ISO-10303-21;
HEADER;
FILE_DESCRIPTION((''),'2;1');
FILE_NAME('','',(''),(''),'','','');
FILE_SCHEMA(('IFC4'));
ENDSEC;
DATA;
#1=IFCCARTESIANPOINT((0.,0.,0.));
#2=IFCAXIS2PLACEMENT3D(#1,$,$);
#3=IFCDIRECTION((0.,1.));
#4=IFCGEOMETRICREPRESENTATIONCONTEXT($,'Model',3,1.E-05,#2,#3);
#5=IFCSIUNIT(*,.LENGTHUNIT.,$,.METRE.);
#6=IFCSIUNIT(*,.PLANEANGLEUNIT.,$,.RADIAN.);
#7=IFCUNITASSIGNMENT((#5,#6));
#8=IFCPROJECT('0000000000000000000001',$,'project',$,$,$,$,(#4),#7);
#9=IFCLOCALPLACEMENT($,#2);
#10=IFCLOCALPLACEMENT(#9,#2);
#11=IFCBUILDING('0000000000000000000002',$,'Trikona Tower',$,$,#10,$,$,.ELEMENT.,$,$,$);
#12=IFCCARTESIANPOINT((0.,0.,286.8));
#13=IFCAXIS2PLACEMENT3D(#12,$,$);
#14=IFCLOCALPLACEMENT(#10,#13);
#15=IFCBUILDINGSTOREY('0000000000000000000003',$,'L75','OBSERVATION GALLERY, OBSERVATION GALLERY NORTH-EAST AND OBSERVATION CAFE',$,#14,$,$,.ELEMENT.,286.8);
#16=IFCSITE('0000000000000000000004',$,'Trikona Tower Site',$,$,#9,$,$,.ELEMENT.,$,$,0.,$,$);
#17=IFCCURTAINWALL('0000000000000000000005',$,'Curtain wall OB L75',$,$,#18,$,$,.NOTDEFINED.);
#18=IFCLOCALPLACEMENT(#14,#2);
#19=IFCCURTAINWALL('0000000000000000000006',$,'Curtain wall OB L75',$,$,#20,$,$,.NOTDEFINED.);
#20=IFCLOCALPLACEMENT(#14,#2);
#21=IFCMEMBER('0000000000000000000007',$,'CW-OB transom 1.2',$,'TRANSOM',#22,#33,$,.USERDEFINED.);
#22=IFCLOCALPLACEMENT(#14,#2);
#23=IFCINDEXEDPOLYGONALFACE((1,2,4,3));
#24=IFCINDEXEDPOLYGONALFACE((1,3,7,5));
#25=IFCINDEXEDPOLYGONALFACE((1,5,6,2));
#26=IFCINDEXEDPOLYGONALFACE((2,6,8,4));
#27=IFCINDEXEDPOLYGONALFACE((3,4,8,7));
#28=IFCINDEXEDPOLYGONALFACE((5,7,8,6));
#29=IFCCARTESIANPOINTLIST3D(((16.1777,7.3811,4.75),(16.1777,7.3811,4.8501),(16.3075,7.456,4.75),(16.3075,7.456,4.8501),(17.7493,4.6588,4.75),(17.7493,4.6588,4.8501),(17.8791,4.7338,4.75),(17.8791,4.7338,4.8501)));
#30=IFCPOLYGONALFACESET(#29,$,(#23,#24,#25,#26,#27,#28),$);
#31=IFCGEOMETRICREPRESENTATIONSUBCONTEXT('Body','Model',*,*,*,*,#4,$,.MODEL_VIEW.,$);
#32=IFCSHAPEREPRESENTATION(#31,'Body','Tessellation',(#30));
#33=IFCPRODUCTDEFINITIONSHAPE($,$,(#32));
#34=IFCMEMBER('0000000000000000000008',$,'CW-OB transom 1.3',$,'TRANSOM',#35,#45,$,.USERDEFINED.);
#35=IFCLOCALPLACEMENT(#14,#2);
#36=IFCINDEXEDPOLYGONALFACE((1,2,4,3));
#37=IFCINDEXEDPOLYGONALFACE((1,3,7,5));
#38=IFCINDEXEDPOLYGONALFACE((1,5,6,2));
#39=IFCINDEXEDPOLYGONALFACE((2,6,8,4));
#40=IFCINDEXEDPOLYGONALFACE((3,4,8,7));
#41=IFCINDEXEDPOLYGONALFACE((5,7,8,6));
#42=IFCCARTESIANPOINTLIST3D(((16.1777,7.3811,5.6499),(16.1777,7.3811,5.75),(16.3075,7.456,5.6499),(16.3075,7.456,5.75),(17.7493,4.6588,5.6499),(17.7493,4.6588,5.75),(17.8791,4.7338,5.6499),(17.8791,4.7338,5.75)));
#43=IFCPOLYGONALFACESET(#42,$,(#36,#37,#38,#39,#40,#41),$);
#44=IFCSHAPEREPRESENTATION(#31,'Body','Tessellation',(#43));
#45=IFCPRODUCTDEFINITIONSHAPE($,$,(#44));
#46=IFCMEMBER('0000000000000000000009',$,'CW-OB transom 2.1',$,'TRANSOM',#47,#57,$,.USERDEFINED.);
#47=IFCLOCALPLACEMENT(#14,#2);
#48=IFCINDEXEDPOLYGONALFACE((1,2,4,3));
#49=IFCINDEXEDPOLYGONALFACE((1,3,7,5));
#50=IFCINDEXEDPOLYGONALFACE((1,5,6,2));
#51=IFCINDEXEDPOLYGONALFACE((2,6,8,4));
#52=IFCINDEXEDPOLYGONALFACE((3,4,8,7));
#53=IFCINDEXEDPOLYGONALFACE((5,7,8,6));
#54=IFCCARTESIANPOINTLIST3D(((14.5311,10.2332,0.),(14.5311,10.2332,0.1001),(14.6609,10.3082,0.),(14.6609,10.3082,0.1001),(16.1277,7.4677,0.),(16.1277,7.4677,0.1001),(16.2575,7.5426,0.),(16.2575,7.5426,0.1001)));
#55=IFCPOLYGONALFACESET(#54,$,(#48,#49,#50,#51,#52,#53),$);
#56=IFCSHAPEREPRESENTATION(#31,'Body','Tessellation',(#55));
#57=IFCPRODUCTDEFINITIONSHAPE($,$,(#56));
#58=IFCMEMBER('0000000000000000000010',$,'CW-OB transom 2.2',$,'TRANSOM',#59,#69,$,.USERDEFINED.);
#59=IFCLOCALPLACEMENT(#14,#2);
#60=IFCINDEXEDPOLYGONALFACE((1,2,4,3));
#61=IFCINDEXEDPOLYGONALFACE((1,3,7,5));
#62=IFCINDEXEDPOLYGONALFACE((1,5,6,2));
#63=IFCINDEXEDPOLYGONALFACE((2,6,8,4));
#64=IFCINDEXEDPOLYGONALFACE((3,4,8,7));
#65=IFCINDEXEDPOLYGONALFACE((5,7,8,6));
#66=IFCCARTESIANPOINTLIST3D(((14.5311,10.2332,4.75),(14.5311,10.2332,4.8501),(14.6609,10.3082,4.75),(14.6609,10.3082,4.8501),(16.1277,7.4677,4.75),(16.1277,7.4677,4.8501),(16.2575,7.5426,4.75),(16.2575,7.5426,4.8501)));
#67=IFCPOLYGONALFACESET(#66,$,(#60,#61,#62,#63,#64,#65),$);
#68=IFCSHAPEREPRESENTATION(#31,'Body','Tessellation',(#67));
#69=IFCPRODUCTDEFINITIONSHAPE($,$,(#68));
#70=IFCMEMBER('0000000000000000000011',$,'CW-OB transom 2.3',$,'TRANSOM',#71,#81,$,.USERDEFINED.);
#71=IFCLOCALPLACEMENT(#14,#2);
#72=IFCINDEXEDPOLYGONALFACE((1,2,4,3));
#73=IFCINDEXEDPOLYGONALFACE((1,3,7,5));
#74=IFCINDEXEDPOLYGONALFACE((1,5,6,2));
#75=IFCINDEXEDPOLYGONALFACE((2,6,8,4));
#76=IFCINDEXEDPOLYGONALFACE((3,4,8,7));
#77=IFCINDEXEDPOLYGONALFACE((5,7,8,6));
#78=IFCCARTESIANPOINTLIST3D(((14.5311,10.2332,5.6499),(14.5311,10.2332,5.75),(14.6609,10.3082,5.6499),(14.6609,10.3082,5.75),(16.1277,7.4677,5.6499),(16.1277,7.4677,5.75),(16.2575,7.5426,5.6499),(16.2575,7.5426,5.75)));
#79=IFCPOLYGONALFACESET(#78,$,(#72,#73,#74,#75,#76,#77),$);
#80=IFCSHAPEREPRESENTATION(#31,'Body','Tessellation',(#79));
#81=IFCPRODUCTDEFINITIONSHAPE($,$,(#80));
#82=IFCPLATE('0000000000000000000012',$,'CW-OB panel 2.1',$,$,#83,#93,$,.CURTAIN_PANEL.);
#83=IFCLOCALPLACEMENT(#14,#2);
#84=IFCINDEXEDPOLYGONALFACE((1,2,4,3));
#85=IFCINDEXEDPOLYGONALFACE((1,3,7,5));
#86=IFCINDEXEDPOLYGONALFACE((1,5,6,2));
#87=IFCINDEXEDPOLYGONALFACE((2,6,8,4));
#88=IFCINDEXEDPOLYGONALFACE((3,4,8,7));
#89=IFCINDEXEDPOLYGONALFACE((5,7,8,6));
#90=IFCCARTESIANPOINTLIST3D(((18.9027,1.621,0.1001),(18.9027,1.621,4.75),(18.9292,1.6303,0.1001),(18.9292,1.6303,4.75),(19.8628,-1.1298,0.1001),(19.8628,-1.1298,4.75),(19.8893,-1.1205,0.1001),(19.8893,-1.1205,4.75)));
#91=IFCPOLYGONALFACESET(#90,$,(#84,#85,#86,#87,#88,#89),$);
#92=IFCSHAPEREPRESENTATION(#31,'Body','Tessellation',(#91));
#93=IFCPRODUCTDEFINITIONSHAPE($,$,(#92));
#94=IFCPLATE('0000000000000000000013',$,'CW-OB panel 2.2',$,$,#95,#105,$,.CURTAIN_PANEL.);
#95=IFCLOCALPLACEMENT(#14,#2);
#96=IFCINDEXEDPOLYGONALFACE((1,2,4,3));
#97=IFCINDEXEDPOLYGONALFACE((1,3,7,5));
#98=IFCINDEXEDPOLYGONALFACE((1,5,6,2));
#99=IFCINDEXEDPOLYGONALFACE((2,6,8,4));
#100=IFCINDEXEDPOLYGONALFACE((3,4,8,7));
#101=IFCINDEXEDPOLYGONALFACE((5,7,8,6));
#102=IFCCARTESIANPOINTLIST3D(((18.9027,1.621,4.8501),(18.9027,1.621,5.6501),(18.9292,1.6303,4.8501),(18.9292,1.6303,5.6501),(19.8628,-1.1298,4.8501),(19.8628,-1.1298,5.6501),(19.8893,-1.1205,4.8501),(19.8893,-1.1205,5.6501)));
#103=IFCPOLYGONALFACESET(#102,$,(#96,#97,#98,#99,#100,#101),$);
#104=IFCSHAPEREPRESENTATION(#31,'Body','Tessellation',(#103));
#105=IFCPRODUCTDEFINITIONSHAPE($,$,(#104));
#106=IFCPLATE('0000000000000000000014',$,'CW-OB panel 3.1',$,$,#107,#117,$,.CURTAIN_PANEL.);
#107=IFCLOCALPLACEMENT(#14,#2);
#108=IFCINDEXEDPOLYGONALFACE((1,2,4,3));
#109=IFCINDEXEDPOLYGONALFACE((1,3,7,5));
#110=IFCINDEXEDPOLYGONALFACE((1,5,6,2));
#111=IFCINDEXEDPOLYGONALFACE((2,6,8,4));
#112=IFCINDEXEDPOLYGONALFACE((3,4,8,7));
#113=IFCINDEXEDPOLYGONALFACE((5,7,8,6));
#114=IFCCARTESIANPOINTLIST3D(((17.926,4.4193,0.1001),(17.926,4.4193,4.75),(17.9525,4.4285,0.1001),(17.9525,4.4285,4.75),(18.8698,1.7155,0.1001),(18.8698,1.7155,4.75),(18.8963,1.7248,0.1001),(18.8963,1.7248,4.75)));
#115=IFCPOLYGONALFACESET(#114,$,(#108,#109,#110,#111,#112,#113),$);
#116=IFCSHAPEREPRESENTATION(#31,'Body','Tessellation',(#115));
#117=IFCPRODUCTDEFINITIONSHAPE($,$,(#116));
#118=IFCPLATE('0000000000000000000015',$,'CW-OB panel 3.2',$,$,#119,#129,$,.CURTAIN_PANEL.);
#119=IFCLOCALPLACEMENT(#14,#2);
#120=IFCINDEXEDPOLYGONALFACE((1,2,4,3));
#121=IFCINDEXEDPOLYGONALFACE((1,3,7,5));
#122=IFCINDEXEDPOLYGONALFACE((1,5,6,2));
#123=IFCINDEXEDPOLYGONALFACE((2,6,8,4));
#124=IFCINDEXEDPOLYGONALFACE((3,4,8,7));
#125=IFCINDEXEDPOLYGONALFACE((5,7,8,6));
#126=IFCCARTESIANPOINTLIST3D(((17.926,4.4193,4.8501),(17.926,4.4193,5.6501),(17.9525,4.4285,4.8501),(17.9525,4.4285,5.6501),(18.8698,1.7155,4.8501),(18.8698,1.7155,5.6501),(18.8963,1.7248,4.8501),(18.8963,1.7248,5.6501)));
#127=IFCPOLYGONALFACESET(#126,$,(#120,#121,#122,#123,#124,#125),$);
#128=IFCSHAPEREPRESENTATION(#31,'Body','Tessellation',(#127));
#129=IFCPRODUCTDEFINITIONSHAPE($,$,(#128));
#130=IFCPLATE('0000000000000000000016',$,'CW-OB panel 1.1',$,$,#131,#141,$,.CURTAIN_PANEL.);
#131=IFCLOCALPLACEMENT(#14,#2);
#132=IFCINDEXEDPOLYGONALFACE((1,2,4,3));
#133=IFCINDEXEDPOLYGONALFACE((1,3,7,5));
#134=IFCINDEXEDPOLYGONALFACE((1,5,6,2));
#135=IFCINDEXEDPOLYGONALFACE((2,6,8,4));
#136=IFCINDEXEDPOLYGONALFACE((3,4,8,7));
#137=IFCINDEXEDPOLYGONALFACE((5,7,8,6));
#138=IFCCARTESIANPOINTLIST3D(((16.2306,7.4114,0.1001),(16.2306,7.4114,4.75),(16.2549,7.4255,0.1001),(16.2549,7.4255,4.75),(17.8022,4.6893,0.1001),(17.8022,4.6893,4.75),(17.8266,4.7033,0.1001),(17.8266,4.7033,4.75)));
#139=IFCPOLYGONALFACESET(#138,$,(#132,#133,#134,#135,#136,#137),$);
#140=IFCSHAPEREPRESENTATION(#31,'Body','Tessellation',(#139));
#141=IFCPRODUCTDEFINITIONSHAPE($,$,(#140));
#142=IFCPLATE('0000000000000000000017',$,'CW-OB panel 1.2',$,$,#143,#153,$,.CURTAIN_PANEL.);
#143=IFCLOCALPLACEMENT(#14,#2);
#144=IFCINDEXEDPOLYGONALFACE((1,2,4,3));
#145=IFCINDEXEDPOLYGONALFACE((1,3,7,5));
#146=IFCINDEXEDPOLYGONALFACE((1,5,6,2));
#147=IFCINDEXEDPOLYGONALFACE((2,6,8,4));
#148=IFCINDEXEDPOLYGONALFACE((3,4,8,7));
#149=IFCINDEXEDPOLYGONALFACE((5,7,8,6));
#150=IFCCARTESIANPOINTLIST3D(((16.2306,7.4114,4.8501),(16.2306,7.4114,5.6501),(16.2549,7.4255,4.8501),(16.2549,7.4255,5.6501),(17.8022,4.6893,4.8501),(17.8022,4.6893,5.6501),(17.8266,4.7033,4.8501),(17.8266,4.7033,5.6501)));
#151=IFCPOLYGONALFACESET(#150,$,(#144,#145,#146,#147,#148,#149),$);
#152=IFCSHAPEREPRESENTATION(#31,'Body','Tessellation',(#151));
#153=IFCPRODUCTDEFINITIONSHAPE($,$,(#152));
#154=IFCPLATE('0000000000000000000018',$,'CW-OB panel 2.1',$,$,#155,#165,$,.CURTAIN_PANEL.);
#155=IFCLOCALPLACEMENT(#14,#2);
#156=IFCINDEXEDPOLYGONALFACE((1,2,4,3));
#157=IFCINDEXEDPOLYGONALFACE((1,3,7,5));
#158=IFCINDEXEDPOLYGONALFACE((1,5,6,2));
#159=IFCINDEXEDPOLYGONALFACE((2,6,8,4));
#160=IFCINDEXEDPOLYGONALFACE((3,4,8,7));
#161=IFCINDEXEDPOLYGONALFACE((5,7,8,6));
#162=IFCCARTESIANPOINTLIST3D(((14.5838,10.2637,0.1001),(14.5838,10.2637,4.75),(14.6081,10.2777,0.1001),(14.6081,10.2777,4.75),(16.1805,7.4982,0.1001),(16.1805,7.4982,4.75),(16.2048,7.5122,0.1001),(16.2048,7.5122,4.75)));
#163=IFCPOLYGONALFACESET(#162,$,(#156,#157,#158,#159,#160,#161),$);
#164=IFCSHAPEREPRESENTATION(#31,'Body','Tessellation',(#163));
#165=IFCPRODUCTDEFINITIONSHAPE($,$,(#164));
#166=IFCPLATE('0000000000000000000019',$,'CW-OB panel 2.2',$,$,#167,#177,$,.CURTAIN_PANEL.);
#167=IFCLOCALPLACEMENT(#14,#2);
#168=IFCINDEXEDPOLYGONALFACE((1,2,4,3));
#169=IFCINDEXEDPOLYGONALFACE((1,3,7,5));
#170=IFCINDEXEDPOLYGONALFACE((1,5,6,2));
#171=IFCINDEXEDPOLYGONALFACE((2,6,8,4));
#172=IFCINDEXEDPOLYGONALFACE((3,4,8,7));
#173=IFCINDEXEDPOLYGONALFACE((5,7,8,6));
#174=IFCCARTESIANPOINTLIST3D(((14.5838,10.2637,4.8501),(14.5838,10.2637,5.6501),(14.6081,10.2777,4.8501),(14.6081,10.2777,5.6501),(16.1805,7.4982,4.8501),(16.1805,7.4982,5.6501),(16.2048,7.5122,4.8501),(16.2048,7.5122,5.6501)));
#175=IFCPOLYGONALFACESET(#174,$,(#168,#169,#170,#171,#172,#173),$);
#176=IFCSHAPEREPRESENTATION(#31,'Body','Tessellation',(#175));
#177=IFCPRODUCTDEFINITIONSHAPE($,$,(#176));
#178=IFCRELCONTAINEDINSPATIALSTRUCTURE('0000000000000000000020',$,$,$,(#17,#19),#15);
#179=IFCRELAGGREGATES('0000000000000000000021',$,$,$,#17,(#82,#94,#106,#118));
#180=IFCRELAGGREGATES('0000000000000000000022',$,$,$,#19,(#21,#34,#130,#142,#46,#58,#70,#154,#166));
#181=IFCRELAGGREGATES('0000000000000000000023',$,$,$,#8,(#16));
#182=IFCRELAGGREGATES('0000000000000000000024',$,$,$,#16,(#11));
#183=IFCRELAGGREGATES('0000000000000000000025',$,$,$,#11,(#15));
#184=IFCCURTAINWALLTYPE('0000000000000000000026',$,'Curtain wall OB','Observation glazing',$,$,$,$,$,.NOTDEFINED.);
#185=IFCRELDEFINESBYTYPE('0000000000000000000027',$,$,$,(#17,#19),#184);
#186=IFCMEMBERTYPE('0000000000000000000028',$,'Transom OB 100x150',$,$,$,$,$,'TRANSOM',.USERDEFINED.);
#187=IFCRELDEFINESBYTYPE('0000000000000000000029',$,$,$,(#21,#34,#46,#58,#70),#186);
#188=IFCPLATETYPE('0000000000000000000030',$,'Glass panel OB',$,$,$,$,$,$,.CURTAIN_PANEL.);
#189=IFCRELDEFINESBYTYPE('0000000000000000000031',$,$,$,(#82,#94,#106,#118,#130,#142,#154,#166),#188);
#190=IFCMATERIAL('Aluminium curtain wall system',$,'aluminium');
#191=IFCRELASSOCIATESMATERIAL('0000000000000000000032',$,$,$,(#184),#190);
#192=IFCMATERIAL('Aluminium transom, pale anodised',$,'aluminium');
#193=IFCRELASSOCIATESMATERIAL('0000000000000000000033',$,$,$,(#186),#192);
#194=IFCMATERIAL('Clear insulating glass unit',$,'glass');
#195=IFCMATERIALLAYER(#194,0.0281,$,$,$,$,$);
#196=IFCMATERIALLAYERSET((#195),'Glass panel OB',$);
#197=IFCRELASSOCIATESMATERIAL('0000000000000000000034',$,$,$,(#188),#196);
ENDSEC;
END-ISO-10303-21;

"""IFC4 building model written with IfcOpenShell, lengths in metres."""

from ifc_helpers import new_model, si_unit, direction, frame, origin, origin_2d, place, context, subcontext, project, spatial, rectangle, extrude, material, layer, layer_set, material_profile, profile_set, type_object, element, aggregate, save


model = new_model("IFC4")

# Units and contexts
model_context = context("Model", 3, precision=1e-05, world=origin(), true_north=direction((0.0, 1.0)))
body_context = subcontext(model_context, "Body", "Model", "MODEL_VIEW")
ifc_project = project(units=[si_unit("LENGTHUNIT", "METRE"), si_unit("PLANEANGLEUNIT", "RADIAN")], contexts=[model_context])

# Site, building, storey
site_placement = place(None, origin())
site = spatial("IfcSite", under=ifc_project, at=site_placement, Name="Trikona Tower Site", CompositionType="ELEMENT", RefElevation=0.0)
building_placement = place(site_placement, origin())
building = spatial("IfcBuilding", under=site, at=building_placement, Name="Trikona Tower", CompositionType="ELEMENT")
storey_placement = place(building_placement, frame((0.0, 0.0, 286.8)))
storey = spatial("IfcBuildingStorey", under=building, at=storey_placement, Name="L75", Description="OBSERVATION GALLERY, OBSERVATION GALLERY NORTH-EAST AND OBSERVATION CAFE", CompositionType="ELEMENT", Elevation=286.8)

# Curtain walls
ifc_material_1 = material(Name="Aluminium curtain wall system", Category="aluminium")
curtain_wall_type = type_object("IfcCurtainWallType", Name="Curtain wall OB", Description="Observation glazing", PredefinedType="NOTDEFINED", material=ifc_material_1)
curtain_wall_1_placement = place(storey_placement, origin())
curtain_wall_1 = element("IfcCurtainWall", 1, at=curtain_wall_1_placement, inside=storey, type_object=curtain_wall_type, Name="Curtain wall OB L75", PredefinedType="NOTDEFINED")
curtain_wall_2_placement = place(storey_placement, origin())
curtain_wall_2 = element("IfcCurtainWall", 2, at=curtain_wall_2_placement, inside=storey, type_object=curtain_wall_type, Name="Curtain wall OB L75", PredefinedType="NOTDEFINED")

# Members
ifc_material_2 = material(Name="Aluminium transom, pale anodised", Category="aluminium")
ifc_material_profile_1 = material_profile(ifc_material_2, rectangle(XDim=0.1499, YDim=0.1001, at=origin_2d()), Name="TRN-OB")
ifc_profile_set_1 = profile_set([ifc_material_profile_1], Name="Aluminium transom, pale anodised")
member_type_1 = type_object("IfcMemberType", Name="Transom OB 100x150", ElementType="TRANSOM", PredefinedType="USERDEFINED", material=ifc_profile_set_1)
member_1_placement = place(storey_placement, frame((17.8142, 4.6963, 4.8), z_axis=(-0.499973, 0.866041, 0.0), x_axis=(-0.866041, -0.499973, 0.0)))
member_1 = element("IfcMember", 3, at=member_1_placement, type_object=member_type_1, Name="CW-OB transom 1.2", ObjectType="TRANSOM", PredefinedType="USERDEFINED", context=body_context, shape_type="SweptSolid", body=[
    extrude(rectangle(XDim=0.1499, YDim=0.1001, at=origin_2d()), origin(), (0.0, 0.0, 1.0), 3.1433),
])
member_2_placement = place(storey_placement, frame((17.8142, 4.6963, 5.7), z_axis=(-0.499973, 0.866041, 0.0), x_axis=(-0.866041, -0.499973, 0.0)))
member_2 = element("IfcMember", 4, at=member_2_placement, type_object=member_type_1, Name="CW-OB transom 1.3", ObjectType="TRANSOM", PredefinedType="USERDEFINED", context=body_context, shape_type="SweptSolid", body=[
    extrude(rectangle(XDim=0.1499, YDim=0.1001, at=origin_2d()), origin(), (0.0, 0.0, 1.0), 3.1433),
])
member_3_placement = place(storey_placement, frame((16.1926, 7.5051, 0.05), z_axis=(-0.499987, 0.866033, 0.0), x_axis=(-0.866033, -0.499987, 0.0)))
member_3 = element("IfcMember", 5, at=member_3_placement, type_object=member_type_1, Name="CW-OB transom 2.1", ObjectType="TRANSOM", PredefinedType="USERDEFINED", context=body_context, shape_type="SweptSolid", body=[
    extrude(rectangle(XDim=0.1499, YDim=0.1001, at=origin_2d()), origin(), (0.0, 0.0, 1.0), 3.1934),
])
member_4_placement = place(storey_placement, frame((16.1926, 7.5051, 4.8), z_axis=(-0.499987, 0.866033, 0.0), x_axis=(-0.866033, -0.499987, 0.0)))
member_4 = element("IfcMember", 6, at=member_4_placement, type_object=member_type_1, Name="CW-OB transom 2.2", ObjectType="TRANSOM", PredefinedType="USERDEFINED", context=body_context, shape_type="SweptSolid", body=[
    extrude(rectangle(XDim=0.1499, YDim=0.1001, at=origin_2d()), origin(), (0.0, 0.0, 1.0), 3.1934),
])
member_5_placement = place(storey_placement, frame((16.1926, 7.5051, 5.7), z_axis=(-0.499987, 0.866033, 0.0), x_axis=(-0.866033, -0.499987, 0.0)))
member_5 = element("IfcMember", 7, at=member_5_placement, type_object=member_type_1, Name="CW-OB transom 2.3", ObjectType="TRANSOM", PredefinedType="USERDEFINED", context=body_context, shape_type="SweptSolid", body=[
    extrude(rectangle(XDim=0.1499, YDim=0.1001, at=origin_2d()), origin(), (0.0, 0.0, 1.0), 3.1934),
])

# Plates
ifc_material_3 = material(Name="Clear insulating glass unit", Category="glass")
ifc_layer = layer(ifc_material_3, 0.0281)
ifc_layer_set = layer_set([ifc_layer], Name="Glass panel OB")
plate_type = type_object("IfcPlateType", Name="Glass panel OB", PredefinedType="CURTAIN_PANEL", material=ifc_layer_set)
plate_1_placement = place(storey_placement, frame((19.396, 0.2502, 0.1001), z_axis=(0.0, 0.0, 1.0), x_axis=(-0.329552, 0.944137, 0.0)))
plate_1 = element("IfcPlate", 8, at=plate_1_placement, type_object=plate_type, Name="CW-OB panel 2.1", PredefinedType="CURTAIN_PANEL", context=body_context, shape_type="SweptSolid", body=[
    extrude(rectangle(XDim=2.9136, YDim=0.0281, at=origin_2d()), origin(), (0.0, 0.0, 1.0), 4.6499),
])
plate_2_placement = place(storey_placement, frame((19.396, 0.2502, 4.8501), z_axis=(0.0, 0.0, 1.0), x_axis=(-0.329552, 0.944137, 0.0)))
plate_2 = element("IfcPlate", 9, at=plate_2_placement, type_object=plate_type, Name="CW-OB panel 2.2", PredefinedType="CURTAIN_PANEL", context=body_context, shape_type="SweptSolid", body=[
    extrude(rectangle(XDim=2.9136, YDim=0.0281, at=origin_2d()), origin(), (0.0, 0.0, 1.0), 0.8),
])
plate_3_placement = place(storey_placement, frame((18.4111, 3.072, 0.1001), z_axis=(0.0, 0.0, 1.0), x_axis=(-0.329552, 0.944137, 0.0)))
plate_3 = element("IfcPlate", 10, at=plate_3_placement, type_object=plate_type, Name="CW-OB panel 3.1", PredefinedType="CURTAIN_PANEL", context=body_context, shape_type="SweptSolid", body=[
    extrude(rectangle(XDim=2.8638, YDim=0.0281, at=origin_2d()), origin(), (0.0, 0.0, 1.0), 4.6499),
])
plate_4_placement = place(storey_placement, frame((18.4111, 3.072, 4.8501), z_axis=(0.0, 0.0, 1.0), x_axis=(-0.329552, 0.944137, 0.0)))
plate_4 = element("IfcPlate", 11, at=plate_4_placement, type_object=plate_type, Name="CW-OB panel 3.2", PredefinedType="CURTAIN_PANEL", context=body_context, shape_type="SweptSolid", body=[
    extrude(rectangle(XDim=2.8638, YDim=0.0281, at=origin_2d()), origin(), (0.0, 0.0, 1.0), 0.8),
])
aggregate(curtain_wall_1, [plate_1, plate_2, plate_3, plate_4])
plate_5_placement = place(storey_placement, frame((17.0286, 6.0574, 0.1001), z_axis=(0.0, 0.0, 1.0), x_axis=(-0.500006, 0.866022, 0.0)))
plate_5 = element("IfcPlate", 12, at=plate_5_placement, type_object=plate_type, Name="CW-OB panel 1.1", PredefinedType="CURTAIN_PANEL", context=body_context, shape_type="SweptSolid", body=[
    extrude(rectangle(XDim=3.1433, YDim=0.0281, at=origin_2d()), origin(), (0.0, 0.0, 1.0), 4.6499),
])
plate_6_placement = place(storey_placement, frame((17.0286, 6.0574, 4.8501), z_axis=(0.0, 0.0, 1.0), x_axis=(-0.500006, 0.866022, 0.0)))
plate_6 = element("IfcPlate", 13, at=plate_6_placement, type_object=plate_type, Name="CW-OB panel 1.2", PredefinedType="CURTAIN_PANEL", context=body_context, shape_type="SweptSolid", body=[
    extrude(rectangle(XDim=3.1433, YDim=0.0281, at=origin_2d()), origin(), (0.0, 0.0, 1.0), 0.8),
])
plate_7_placement = place(storey_placement, frame((15.3943, 8.8879, 0.1001), z_axis=(0.0, 0.0, 1.0), x_axis=(-0.500006, 0.866022, 0.0)))
plate_7 = element("IfcPlate", 14, at=plate_7_placement, type_object=plate_type, Name="CW-OB panel 2.1", PredefinedType="CURTAIN_PANEL", context=body_context, shape_type="SweptSolid", body=[
    extrude(rectangle(XDim=3.1934, YDim=0.0281, at=origin_2d()), origin(), (0.0, 0.0, 1.0), 4.6499),
])
plate_8_placement = place(storey_placement, frame((15.3943, 8.8879, 4.8501), z_axis=(0.0, 0.0, 1.0), x_axis=(-0.500006, 0.866022, 0.0)))
plate_8 = element("IfcPlate", 15, at=plate_8_placement, type_object=plate_type, Name="CW-OB panel 2.2", PredefinedType="CURTAIN_PANEL", context=body_context, shape_type="SweptSolid", body=[
    extrude(rectangle(XDim=3.1934, YDim=0.0281, at=origin_2d()), origin(), (0.0, 0.0, 1.0), 0.8),
])
aggregate(curtain_wall_2, [member_1, member_2, plate_5, plate_6, member_3, member_4, member_5, plate_7, plate_8])

save(model, "model.ifc")
